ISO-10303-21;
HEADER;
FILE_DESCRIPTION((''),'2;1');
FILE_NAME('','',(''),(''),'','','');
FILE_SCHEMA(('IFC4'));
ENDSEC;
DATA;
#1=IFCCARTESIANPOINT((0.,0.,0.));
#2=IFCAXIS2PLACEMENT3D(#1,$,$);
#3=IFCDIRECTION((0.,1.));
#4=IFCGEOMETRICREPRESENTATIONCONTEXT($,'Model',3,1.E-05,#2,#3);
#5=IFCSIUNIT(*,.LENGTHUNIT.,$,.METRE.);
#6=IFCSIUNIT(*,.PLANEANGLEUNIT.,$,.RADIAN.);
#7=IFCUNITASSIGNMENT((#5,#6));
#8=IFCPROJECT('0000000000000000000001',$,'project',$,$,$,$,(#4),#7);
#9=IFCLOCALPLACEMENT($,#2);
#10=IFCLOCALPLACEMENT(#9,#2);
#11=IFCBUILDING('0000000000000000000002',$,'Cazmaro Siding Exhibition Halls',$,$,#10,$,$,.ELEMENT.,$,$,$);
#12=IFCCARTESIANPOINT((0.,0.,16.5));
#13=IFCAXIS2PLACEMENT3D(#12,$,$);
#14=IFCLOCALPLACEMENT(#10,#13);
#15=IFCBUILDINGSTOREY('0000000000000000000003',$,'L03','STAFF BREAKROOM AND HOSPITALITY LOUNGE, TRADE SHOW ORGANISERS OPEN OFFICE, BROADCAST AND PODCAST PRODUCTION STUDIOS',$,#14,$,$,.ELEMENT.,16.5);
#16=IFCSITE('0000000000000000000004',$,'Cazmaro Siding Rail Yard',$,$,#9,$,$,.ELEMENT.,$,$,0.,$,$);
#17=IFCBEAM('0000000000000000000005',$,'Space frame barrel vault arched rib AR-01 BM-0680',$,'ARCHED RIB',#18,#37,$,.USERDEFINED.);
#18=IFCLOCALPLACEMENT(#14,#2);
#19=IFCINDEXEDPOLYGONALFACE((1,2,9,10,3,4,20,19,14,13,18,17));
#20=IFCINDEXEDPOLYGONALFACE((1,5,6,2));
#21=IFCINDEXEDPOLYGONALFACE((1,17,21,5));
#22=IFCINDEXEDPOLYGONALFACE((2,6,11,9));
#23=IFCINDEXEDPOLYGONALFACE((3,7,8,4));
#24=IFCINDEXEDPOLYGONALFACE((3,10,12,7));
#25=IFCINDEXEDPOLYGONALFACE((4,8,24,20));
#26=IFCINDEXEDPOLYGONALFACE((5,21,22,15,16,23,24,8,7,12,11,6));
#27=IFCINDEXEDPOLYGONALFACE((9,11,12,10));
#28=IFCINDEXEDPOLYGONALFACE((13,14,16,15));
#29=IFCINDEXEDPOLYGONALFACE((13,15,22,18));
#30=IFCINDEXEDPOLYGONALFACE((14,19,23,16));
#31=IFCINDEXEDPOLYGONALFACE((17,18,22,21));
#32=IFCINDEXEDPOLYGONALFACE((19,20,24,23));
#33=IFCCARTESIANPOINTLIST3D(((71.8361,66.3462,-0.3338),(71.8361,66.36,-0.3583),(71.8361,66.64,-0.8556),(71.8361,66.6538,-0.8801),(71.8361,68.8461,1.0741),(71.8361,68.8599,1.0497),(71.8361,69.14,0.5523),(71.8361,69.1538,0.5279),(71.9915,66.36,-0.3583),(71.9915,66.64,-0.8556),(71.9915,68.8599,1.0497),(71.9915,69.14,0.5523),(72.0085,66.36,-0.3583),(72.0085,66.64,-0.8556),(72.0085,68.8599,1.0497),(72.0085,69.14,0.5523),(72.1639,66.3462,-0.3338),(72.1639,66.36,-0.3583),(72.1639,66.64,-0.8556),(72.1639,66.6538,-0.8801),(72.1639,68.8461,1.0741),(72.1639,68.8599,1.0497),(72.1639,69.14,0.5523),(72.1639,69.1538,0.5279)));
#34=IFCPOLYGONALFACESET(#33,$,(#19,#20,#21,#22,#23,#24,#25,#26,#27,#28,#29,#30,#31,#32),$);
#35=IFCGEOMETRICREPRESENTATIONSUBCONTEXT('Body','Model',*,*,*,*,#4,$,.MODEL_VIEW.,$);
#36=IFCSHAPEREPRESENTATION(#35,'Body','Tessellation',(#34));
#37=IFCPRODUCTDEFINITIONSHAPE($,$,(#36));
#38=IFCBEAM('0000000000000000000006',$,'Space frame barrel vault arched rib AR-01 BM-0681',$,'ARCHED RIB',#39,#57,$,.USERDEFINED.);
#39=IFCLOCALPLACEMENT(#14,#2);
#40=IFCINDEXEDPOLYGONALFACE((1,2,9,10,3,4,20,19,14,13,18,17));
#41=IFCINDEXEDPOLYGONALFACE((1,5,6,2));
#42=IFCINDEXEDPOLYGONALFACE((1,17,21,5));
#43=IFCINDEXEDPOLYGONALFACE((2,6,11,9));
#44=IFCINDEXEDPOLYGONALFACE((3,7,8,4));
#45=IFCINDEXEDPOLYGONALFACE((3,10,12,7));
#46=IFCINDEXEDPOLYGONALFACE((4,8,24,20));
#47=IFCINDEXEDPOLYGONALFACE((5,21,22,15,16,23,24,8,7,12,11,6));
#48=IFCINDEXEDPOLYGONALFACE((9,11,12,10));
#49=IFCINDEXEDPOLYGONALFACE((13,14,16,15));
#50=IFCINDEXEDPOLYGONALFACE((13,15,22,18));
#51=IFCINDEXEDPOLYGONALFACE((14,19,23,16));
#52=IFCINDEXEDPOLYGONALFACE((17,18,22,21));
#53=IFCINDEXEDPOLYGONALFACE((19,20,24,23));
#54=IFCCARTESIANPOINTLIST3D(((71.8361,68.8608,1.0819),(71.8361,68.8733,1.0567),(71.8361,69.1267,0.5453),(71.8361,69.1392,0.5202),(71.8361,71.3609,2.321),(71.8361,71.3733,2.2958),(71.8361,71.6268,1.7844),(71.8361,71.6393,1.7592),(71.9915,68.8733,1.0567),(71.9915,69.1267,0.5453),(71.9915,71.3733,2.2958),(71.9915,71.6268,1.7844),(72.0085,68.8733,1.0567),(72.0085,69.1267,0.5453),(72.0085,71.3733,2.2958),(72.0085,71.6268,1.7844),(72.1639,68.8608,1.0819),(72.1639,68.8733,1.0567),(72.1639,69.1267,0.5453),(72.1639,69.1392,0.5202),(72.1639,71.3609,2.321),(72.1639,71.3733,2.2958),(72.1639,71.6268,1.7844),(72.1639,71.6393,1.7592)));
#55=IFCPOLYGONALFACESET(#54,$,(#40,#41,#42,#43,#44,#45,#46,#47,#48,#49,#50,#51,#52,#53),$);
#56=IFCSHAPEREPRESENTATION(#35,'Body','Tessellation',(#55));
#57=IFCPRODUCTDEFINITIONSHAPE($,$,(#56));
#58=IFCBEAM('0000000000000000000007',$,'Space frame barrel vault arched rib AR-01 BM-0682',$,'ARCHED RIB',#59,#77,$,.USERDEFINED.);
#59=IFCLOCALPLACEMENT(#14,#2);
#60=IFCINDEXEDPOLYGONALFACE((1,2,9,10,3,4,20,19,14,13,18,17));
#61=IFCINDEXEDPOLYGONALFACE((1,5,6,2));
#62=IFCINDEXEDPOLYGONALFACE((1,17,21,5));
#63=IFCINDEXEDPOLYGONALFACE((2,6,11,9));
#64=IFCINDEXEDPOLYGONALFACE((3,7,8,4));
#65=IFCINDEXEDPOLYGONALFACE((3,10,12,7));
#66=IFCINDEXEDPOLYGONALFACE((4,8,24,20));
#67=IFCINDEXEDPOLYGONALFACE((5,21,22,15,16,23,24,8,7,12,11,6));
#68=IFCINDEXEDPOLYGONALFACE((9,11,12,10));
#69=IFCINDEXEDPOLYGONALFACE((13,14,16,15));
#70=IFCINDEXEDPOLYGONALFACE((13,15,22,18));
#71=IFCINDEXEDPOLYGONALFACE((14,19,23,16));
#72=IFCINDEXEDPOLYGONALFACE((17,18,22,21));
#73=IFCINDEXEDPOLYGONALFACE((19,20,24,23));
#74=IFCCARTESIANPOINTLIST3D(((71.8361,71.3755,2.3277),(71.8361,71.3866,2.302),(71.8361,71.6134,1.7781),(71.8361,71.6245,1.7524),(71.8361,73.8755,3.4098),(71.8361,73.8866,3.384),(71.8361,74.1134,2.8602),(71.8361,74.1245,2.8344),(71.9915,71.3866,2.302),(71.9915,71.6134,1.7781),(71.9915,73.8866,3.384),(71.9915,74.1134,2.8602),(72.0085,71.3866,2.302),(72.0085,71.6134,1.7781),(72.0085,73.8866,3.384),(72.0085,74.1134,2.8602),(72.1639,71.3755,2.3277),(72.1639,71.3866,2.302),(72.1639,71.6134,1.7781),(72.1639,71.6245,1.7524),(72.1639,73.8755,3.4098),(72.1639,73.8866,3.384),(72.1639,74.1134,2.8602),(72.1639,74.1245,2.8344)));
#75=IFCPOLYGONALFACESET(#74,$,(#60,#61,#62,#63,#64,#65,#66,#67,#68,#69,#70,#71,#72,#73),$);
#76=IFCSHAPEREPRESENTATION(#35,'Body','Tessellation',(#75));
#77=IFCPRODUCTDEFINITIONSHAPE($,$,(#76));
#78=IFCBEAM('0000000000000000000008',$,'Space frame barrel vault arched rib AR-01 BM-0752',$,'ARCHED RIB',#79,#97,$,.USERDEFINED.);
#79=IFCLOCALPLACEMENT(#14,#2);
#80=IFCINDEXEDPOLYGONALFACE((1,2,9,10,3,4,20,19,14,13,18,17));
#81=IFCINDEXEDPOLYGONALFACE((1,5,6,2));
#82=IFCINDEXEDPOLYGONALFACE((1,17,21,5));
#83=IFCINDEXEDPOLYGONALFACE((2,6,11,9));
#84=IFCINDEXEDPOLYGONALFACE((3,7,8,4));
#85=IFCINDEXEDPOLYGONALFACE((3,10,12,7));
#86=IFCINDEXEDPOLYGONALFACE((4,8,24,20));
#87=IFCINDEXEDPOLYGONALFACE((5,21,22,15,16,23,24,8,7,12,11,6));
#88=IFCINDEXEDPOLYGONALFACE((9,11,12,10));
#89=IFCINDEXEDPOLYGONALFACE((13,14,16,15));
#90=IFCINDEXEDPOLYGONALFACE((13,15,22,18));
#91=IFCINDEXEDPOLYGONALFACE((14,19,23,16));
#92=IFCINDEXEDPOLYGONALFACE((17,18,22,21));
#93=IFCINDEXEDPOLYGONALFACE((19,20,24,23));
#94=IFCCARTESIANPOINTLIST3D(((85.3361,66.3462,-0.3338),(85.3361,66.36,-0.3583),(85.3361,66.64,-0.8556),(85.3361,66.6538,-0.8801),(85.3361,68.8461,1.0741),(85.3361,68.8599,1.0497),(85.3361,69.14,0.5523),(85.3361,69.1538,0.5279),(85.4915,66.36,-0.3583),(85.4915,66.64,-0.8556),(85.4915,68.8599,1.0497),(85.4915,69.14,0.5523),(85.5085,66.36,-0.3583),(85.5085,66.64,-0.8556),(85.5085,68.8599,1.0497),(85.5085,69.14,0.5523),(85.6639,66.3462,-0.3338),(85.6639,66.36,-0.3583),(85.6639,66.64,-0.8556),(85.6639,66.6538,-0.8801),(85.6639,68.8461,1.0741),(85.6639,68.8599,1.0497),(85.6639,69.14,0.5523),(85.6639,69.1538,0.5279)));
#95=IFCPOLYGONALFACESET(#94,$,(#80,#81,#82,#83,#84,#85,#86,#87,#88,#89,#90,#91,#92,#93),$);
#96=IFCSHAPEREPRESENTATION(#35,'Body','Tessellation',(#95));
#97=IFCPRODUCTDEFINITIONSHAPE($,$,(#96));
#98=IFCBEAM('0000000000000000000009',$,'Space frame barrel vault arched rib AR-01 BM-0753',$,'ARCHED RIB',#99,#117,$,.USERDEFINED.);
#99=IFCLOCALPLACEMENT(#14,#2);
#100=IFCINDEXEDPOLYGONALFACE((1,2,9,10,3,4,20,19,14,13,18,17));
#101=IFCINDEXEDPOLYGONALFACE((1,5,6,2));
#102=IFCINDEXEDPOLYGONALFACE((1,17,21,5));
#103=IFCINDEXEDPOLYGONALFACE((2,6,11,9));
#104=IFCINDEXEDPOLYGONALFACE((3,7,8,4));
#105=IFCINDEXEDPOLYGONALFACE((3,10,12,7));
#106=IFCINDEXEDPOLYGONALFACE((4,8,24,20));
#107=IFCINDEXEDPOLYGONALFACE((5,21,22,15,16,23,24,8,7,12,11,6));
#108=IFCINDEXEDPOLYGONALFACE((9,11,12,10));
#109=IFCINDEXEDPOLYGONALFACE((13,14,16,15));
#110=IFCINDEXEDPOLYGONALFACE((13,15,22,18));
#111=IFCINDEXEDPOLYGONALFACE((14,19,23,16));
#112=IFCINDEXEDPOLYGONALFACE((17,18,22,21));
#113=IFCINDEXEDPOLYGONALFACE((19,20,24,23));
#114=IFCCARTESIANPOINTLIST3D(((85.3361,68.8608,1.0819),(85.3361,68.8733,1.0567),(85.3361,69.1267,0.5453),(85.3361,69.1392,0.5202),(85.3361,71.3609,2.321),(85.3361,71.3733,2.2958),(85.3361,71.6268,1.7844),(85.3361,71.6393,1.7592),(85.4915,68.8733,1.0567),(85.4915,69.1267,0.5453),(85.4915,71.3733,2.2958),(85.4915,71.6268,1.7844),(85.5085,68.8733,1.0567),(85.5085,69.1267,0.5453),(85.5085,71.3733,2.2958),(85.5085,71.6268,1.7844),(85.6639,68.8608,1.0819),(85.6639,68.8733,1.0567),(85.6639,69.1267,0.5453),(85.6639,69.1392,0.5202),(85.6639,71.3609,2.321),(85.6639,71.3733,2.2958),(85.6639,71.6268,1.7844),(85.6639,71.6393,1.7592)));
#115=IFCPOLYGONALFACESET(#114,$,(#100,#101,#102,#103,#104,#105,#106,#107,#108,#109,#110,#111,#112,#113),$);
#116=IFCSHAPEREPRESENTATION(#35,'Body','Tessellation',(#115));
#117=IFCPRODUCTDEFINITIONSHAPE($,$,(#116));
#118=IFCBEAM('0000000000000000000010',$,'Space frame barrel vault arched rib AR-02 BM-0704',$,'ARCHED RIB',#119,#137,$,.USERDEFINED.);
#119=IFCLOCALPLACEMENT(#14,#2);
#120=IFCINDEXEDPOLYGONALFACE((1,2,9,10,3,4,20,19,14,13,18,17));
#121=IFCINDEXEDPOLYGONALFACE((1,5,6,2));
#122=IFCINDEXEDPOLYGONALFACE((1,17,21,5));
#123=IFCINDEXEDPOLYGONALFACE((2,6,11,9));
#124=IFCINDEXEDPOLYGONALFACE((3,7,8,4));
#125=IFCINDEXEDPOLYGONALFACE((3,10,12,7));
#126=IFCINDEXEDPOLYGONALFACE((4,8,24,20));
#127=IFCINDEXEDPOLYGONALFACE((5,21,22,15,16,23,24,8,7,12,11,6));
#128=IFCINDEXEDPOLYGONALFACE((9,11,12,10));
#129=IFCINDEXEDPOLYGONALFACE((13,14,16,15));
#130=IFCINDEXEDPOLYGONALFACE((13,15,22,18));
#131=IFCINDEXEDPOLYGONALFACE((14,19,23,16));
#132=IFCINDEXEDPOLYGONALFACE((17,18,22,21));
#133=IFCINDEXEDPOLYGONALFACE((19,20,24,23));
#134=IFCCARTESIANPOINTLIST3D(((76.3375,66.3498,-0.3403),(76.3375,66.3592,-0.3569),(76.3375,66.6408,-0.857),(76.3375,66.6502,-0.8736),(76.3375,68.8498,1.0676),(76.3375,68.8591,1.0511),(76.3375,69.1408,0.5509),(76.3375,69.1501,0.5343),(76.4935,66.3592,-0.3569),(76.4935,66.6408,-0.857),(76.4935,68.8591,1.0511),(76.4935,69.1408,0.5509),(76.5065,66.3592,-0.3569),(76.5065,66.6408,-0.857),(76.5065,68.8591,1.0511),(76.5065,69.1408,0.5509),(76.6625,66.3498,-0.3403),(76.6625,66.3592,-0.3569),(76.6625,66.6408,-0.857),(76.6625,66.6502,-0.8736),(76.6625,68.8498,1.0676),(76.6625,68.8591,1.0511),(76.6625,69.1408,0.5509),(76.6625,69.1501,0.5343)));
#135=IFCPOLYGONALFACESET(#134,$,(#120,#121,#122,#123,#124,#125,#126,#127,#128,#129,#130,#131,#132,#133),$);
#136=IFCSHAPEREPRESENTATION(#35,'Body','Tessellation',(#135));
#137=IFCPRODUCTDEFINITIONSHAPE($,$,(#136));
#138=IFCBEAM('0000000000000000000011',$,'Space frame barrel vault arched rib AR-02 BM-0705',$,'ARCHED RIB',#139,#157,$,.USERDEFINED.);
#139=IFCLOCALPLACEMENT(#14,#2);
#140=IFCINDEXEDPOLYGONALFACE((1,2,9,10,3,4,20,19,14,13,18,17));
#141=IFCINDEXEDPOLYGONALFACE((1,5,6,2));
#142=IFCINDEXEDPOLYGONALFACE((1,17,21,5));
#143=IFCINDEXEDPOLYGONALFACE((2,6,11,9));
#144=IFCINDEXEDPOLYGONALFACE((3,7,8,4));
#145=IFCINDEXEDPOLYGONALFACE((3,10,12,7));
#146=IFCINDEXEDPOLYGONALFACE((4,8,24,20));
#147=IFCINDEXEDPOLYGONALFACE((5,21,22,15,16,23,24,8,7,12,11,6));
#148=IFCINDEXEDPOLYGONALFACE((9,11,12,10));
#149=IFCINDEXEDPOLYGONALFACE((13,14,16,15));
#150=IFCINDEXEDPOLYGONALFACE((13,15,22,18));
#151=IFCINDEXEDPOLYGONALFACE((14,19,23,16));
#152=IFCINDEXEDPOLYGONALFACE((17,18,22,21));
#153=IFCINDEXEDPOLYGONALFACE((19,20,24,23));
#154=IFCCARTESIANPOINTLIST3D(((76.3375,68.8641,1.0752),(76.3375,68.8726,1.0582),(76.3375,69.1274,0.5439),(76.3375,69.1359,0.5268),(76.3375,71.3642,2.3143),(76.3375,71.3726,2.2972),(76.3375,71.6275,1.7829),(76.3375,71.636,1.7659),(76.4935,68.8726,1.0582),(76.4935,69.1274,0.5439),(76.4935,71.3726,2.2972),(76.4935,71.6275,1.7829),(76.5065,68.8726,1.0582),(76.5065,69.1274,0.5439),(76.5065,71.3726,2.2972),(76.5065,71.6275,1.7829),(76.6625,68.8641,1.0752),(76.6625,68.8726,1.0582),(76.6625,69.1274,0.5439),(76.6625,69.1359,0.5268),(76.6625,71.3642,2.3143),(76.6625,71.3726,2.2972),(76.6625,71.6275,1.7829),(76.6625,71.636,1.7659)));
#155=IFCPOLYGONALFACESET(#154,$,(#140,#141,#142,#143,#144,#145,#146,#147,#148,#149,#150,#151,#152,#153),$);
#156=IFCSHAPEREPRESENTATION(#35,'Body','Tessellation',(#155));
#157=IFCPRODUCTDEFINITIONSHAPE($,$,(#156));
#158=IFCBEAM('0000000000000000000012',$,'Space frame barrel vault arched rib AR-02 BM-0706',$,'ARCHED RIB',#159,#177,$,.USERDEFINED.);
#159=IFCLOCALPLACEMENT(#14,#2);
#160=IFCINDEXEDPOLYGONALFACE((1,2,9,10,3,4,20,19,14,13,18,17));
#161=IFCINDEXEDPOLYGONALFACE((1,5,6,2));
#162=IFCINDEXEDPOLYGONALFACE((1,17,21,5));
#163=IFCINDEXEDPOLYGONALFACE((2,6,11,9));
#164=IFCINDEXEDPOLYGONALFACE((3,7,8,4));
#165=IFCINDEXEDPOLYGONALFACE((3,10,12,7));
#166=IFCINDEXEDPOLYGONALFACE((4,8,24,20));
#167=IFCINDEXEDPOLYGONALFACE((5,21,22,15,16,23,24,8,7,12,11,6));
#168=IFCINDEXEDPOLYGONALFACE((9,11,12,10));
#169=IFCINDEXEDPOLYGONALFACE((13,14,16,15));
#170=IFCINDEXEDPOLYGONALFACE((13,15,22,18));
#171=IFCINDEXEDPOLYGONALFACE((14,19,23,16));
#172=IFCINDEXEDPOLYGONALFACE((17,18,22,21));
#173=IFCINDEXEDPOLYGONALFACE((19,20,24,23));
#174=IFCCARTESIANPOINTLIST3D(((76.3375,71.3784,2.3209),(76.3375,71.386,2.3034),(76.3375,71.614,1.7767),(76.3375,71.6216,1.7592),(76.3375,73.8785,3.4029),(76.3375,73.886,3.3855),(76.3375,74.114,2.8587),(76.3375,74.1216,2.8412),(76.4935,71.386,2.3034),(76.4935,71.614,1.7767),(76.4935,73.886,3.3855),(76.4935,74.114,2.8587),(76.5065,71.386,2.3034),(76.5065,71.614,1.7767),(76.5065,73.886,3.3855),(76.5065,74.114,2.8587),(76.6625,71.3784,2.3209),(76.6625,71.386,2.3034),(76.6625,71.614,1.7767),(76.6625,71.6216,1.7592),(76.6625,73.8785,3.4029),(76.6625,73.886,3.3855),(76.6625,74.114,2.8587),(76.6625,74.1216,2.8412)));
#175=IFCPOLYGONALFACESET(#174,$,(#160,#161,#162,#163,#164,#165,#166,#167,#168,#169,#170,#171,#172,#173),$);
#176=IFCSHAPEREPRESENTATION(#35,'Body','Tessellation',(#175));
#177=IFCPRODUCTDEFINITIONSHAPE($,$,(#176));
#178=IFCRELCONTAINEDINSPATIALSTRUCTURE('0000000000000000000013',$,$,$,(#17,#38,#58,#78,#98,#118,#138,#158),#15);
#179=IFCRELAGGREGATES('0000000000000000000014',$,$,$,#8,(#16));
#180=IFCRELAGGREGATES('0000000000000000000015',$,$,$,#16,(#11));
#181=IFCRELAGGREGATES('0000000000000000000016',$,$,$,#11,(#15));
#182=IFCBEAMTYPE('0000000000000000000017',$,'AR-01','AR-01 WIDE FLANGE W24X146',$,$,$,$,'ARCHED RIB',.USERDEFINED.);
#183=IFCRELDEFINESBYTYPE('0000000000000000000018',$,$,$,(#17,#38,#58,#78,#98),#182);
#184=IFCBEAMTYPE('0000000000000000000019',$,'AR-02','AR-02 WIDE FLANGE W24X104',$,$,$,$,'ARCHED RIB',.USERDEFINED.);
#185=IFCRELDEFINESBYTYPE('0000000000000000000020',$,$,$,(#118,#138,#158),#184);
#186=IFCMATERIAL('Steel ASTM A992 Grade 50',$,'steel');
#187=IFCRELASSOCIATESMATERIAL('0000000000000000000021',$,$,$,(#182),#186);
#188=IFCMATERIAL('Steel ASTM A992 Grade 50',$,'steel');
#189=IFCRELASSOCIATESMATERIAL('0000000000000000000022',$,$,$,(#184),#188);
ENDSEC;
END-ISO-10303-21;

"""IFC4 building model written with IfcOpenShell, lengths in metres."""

from ifc_helpers import new_model, si_unit, direction, frame, origin, origin_2d, place, context, subcontext, project, spatial, i_section, extrude, material, material_profile, profile_set, type_object, element, save


model = new_model("IFC4")

# Units and contexts
model_context = context("Model", 3, precision=1e-05, world=origin(), true_north=direction((0.0, 1.0)))
body_context = subcontext(model_context, "Body", "Model", "MODEL_VIEW")
ifc_project = project(units=[si_unit("LENGTHUNIT", "METRE"), si_unit("PLANEANGLEUNIT", "RADIAN")], contexts=[model_context])

# Site, building, storey
site_placement = place(None, origin())
site = spatial("IfcSite", under=ifc_project, at=site_placement, Name="Cazmaro Siding Rail Yard", CompositionType="ELEMENT", RefElevation=0.0)
building_placement = place(site_placement, origin())
building = spatial("IfcBuilding", under=site, at=building_placement, Name="Cazmaro Siding Exhibition Halls", CompositionType="ELEMENT")
storey_placement = place(building_placement, frame((0.0, 0.0, 16.5)))
storey = spatial("IfcBuildingStorey", under=building, at=storey_placement, Name="L03", Description="STAFF BREAKROOM AND HOSPITALITY LOUNGE, TRADE SHOW ORGANISERS OPEN OFFICE, BROADCAST AND PODCAST PRODUCTION STUDIOS", CompositionType="ELEMENT", Elevation=16.5)

# Beams
ifc_material_1 = material(Name="Steel ASTM A992 Grade 50", Category="steel")
ifc_material_profile_1 = material_profile(ifc_material_1, i_section(OverallWidth=0.3279, OverallDepth=0.627, WebThickness=0.0171, FlangeThickness=0.0281, at=origin_2d()), Name="W24X146")
ifc_profile_set_1 = profile_set([ifc_material_profile_1], Name="Steel ASTM A992 Grade 50")
beam_type_1 = type_object("IfcBeamType", Name="AR-01", Description="AR-01 WIDE FLANGE W24X146", ElementType="ARCHED RIB", PredefinedType="USERDEFINED", material=ifc_profile_set_1)
beam_1_placement = place(storey_placement, frame((72.0, 66.5, -0.6069), z_axis=(0.0, 0.871321, 0.490714), x_axis=(-1.0, 0.0, 0.0)))
element("IfcBeam", 1, at=beam_1_placement, inside=storey, type_object=beam_type_1, Name="Space frame barrel vault arched rib AR-01 BM-0680", ObjectType="ARCHED RIB", PredefinedType="USERDEFINED", context=body_context, shape_type="SweptSolid", body=[
    extrude(i_section(OverallWidth=0.3279, OverallDepth=0.627, WebThickness=0.0171, FlangeThickness=0.0281, at=origin_2d()), origin(), (0.0, 0.0, 1.0), 2.8691),
])
beam_2_placement = place(storey_placement, frame((72.0, 69.0, 0.801), z_axis=(0.0, 0.895997, 0.444061), x_axis=(-1.0, 0.0, 0.0)))
element("IfcBeam", 2, at=beam_2_placement, inside=storey, type_object=beam_type_1, Name="Space frame barrel vault arched rib AR-01 BM-0681", ObjectType="ARCHED RIB", PredefinedType="USERDEFINED", context=body_context, shape_type="SweptSolid", body=[
    extrude(i_section(OverallWidth=0.3279, OverallDepth=0.627, WebThickness=0.0171, FlangeThickness=0.0281, at=origin_2d()), origin(), (0.0, 0.0, 1.0), 2.7903),
])
beam_3_placement = place(storey_placement, frame((72.0, 71.5, 2.04), z_axis=(0.0, 0.91773, 0.397205), x_axis=(-1.0, 0.0, 0.0)))
element("IfcBeam", 3, at=beam_3_placement, inside=storey, type_object=beam_type_1, Name="Space frame barrel vault arched rib AR-01 BM-0682", ObjectType="ARCHED RIB", PredefinedType="USERDEFINED", context=body_context, shape_type="SweptSolid", body=[
    extrude(i_section(OverallWidth=0.3279, OverallDepth=0.627, WebThickness=0.0171, FlangeThickness=0.0281, at=origin_2d()), origin(), (0.0, 0.0, 1.0), 2.7241),
])
beam_4_placement = place(storey_placement, frame((85.5, 66.5, -0.6069), z_axis=(0.0, 0.871321, 0.490714), x_axis=(-1.0, 0.0, 0.0)))
element("IfcBeam", 4, at=beam_4_placement, inside=storey, type_object=beam_type_1, Name="Space frame barrel vault arched rib AR-01 BM-0752", ObjectType="ARCHED RIB", PredefinedType="USERDEFINED", context=body_context, shape_type="SweptSolid", body=[
    extrude(i_section(OverallWidth=0.3279, OverallDepth=0.627, WebThickness=0.0171, FlangeThickness=0.0281, at=origin_2d()), origin(), (0.0, 0.0, 1.0), 2.8691),
])
beam_5_placement = place(storey_placement, frame((85.5, 69.0, 0.801), z_axis=(0.0, 0.895997, 0.444061), x_axis=(-1.0, 0.0, 0.0)))
element("IfcBeam", 5, at=beam_5_placement, inside=storey, type_object=beam_type_1, Name="Space frame barrel vault arched rib AR-01 BM-0753", ObjectType="ARCHED RIB", PredefinedType="USERDEFINED", context=body_context, shape_type="SweptSolid", body=[
    extrude(i_section(OverallWidth=0.3279, OverallDepth=0.627, WebThickness=0.0171, FlangeThickness=0.0281, at=origin_2d()), origin(), (0.0, 0.0, 1.0), 2.7903),
])
ifc_material_2 = material(Name="Steel ASTM A992 Grade 50", Category="steel")
ifc_material_profile_2 = material_profile(ifc_material_2, i_section(OverallWidth=0.325, OverallDepth=0.6121, WebThickness=0.0129, FlangeThickness=0.019, at=origin_2d()), Name="W24X104")
ifc_profile_set_2 = profile_set([ifc_material_profile_2], Name="Steel ASTM A992 Grade 50")
beam_type_2 = type_object("IfcBeamType", Name="AR-02", Description="AR-02 WIDE FLANGE W24X104", ElementType="ARCHED RIB", PredefinedType="USERDEFINED", material=ifc_profile_set_2)
beam_6_placement = place(storey_placement, frame((76.5, 66.5, -0.6069), z_axis=(0.0, 0.871321, 0.490714), x_axis=(-1.0, 0.0, 0.0)))
element("IfcBeam", 6, at=beam_6_placement, inside=storey, type_object=beam_type_2, Name="Space frame barrel vault arched rib AR-02 BM-0704", ObjectType="ARCHED RIB", PredefinedType="USERDEFINED", context=body_context, shape_type="SweptSolid", body=[
    extrude(i_section(OverallWidth=0.325, OverallDepth=0.6121, WebThickness=0.0129, FlangeThickness=0.019, at=origin_2d()), origin(), (0.0, 0.0, 1.0), 2.8691),
])
beam_7_placement = place(storey_placement, frame((76.5, 69.0, 0.801), z_axis=(0.0, 0.895997, 0.444061), x_axis=(-1.0, 0.0, 0.0)))
element("IfcBeam", 7, at=beam_7_placement, inside=storey, type_object=beam_type_2, Name="Space frame barrel vault arched rib AR-02 BM-0705", ObjectType="ARCHED RIB", PredefinedType="USERDEFINED", context=body_context, shape_type="SweptSolid", body=[
    extrude(i_section(OverallWidth=0.325, OverallDepth=0.6121, WebThickness=0.0129, FlangeThickness=0.019, at=origin_2d()), origin(), (0.0, 0.0, 1.0), 2.7903),
])
beam_8_placement = place(storey_placement, frame((76.5, 71.5, 2.04), z_axis=(0.0, 0.91773, 0.397205), x_axis=(-1.0, 0.0, 0.0)))
element("IfcBeam", 8, at=beam_8_placement, inside=storey, type_object=beam_type_2, Name="Space frame barrel vault arched rib AR-02 BM-0706", ObjectType="ARCHED RIB", PredefinedType="USERDEFINED", context=body_context, shape_type="SweptSolid", body=[
    extrude(i_section(OverallWidth=0.325, OverallDepth=0.6121, WebThickness=0.0129, FlangeThickness=0.019, at=origin_2d()), origin(), (0.0, 0.0, 1.0), 2.7241),
])

save(model, "model.ifc")
